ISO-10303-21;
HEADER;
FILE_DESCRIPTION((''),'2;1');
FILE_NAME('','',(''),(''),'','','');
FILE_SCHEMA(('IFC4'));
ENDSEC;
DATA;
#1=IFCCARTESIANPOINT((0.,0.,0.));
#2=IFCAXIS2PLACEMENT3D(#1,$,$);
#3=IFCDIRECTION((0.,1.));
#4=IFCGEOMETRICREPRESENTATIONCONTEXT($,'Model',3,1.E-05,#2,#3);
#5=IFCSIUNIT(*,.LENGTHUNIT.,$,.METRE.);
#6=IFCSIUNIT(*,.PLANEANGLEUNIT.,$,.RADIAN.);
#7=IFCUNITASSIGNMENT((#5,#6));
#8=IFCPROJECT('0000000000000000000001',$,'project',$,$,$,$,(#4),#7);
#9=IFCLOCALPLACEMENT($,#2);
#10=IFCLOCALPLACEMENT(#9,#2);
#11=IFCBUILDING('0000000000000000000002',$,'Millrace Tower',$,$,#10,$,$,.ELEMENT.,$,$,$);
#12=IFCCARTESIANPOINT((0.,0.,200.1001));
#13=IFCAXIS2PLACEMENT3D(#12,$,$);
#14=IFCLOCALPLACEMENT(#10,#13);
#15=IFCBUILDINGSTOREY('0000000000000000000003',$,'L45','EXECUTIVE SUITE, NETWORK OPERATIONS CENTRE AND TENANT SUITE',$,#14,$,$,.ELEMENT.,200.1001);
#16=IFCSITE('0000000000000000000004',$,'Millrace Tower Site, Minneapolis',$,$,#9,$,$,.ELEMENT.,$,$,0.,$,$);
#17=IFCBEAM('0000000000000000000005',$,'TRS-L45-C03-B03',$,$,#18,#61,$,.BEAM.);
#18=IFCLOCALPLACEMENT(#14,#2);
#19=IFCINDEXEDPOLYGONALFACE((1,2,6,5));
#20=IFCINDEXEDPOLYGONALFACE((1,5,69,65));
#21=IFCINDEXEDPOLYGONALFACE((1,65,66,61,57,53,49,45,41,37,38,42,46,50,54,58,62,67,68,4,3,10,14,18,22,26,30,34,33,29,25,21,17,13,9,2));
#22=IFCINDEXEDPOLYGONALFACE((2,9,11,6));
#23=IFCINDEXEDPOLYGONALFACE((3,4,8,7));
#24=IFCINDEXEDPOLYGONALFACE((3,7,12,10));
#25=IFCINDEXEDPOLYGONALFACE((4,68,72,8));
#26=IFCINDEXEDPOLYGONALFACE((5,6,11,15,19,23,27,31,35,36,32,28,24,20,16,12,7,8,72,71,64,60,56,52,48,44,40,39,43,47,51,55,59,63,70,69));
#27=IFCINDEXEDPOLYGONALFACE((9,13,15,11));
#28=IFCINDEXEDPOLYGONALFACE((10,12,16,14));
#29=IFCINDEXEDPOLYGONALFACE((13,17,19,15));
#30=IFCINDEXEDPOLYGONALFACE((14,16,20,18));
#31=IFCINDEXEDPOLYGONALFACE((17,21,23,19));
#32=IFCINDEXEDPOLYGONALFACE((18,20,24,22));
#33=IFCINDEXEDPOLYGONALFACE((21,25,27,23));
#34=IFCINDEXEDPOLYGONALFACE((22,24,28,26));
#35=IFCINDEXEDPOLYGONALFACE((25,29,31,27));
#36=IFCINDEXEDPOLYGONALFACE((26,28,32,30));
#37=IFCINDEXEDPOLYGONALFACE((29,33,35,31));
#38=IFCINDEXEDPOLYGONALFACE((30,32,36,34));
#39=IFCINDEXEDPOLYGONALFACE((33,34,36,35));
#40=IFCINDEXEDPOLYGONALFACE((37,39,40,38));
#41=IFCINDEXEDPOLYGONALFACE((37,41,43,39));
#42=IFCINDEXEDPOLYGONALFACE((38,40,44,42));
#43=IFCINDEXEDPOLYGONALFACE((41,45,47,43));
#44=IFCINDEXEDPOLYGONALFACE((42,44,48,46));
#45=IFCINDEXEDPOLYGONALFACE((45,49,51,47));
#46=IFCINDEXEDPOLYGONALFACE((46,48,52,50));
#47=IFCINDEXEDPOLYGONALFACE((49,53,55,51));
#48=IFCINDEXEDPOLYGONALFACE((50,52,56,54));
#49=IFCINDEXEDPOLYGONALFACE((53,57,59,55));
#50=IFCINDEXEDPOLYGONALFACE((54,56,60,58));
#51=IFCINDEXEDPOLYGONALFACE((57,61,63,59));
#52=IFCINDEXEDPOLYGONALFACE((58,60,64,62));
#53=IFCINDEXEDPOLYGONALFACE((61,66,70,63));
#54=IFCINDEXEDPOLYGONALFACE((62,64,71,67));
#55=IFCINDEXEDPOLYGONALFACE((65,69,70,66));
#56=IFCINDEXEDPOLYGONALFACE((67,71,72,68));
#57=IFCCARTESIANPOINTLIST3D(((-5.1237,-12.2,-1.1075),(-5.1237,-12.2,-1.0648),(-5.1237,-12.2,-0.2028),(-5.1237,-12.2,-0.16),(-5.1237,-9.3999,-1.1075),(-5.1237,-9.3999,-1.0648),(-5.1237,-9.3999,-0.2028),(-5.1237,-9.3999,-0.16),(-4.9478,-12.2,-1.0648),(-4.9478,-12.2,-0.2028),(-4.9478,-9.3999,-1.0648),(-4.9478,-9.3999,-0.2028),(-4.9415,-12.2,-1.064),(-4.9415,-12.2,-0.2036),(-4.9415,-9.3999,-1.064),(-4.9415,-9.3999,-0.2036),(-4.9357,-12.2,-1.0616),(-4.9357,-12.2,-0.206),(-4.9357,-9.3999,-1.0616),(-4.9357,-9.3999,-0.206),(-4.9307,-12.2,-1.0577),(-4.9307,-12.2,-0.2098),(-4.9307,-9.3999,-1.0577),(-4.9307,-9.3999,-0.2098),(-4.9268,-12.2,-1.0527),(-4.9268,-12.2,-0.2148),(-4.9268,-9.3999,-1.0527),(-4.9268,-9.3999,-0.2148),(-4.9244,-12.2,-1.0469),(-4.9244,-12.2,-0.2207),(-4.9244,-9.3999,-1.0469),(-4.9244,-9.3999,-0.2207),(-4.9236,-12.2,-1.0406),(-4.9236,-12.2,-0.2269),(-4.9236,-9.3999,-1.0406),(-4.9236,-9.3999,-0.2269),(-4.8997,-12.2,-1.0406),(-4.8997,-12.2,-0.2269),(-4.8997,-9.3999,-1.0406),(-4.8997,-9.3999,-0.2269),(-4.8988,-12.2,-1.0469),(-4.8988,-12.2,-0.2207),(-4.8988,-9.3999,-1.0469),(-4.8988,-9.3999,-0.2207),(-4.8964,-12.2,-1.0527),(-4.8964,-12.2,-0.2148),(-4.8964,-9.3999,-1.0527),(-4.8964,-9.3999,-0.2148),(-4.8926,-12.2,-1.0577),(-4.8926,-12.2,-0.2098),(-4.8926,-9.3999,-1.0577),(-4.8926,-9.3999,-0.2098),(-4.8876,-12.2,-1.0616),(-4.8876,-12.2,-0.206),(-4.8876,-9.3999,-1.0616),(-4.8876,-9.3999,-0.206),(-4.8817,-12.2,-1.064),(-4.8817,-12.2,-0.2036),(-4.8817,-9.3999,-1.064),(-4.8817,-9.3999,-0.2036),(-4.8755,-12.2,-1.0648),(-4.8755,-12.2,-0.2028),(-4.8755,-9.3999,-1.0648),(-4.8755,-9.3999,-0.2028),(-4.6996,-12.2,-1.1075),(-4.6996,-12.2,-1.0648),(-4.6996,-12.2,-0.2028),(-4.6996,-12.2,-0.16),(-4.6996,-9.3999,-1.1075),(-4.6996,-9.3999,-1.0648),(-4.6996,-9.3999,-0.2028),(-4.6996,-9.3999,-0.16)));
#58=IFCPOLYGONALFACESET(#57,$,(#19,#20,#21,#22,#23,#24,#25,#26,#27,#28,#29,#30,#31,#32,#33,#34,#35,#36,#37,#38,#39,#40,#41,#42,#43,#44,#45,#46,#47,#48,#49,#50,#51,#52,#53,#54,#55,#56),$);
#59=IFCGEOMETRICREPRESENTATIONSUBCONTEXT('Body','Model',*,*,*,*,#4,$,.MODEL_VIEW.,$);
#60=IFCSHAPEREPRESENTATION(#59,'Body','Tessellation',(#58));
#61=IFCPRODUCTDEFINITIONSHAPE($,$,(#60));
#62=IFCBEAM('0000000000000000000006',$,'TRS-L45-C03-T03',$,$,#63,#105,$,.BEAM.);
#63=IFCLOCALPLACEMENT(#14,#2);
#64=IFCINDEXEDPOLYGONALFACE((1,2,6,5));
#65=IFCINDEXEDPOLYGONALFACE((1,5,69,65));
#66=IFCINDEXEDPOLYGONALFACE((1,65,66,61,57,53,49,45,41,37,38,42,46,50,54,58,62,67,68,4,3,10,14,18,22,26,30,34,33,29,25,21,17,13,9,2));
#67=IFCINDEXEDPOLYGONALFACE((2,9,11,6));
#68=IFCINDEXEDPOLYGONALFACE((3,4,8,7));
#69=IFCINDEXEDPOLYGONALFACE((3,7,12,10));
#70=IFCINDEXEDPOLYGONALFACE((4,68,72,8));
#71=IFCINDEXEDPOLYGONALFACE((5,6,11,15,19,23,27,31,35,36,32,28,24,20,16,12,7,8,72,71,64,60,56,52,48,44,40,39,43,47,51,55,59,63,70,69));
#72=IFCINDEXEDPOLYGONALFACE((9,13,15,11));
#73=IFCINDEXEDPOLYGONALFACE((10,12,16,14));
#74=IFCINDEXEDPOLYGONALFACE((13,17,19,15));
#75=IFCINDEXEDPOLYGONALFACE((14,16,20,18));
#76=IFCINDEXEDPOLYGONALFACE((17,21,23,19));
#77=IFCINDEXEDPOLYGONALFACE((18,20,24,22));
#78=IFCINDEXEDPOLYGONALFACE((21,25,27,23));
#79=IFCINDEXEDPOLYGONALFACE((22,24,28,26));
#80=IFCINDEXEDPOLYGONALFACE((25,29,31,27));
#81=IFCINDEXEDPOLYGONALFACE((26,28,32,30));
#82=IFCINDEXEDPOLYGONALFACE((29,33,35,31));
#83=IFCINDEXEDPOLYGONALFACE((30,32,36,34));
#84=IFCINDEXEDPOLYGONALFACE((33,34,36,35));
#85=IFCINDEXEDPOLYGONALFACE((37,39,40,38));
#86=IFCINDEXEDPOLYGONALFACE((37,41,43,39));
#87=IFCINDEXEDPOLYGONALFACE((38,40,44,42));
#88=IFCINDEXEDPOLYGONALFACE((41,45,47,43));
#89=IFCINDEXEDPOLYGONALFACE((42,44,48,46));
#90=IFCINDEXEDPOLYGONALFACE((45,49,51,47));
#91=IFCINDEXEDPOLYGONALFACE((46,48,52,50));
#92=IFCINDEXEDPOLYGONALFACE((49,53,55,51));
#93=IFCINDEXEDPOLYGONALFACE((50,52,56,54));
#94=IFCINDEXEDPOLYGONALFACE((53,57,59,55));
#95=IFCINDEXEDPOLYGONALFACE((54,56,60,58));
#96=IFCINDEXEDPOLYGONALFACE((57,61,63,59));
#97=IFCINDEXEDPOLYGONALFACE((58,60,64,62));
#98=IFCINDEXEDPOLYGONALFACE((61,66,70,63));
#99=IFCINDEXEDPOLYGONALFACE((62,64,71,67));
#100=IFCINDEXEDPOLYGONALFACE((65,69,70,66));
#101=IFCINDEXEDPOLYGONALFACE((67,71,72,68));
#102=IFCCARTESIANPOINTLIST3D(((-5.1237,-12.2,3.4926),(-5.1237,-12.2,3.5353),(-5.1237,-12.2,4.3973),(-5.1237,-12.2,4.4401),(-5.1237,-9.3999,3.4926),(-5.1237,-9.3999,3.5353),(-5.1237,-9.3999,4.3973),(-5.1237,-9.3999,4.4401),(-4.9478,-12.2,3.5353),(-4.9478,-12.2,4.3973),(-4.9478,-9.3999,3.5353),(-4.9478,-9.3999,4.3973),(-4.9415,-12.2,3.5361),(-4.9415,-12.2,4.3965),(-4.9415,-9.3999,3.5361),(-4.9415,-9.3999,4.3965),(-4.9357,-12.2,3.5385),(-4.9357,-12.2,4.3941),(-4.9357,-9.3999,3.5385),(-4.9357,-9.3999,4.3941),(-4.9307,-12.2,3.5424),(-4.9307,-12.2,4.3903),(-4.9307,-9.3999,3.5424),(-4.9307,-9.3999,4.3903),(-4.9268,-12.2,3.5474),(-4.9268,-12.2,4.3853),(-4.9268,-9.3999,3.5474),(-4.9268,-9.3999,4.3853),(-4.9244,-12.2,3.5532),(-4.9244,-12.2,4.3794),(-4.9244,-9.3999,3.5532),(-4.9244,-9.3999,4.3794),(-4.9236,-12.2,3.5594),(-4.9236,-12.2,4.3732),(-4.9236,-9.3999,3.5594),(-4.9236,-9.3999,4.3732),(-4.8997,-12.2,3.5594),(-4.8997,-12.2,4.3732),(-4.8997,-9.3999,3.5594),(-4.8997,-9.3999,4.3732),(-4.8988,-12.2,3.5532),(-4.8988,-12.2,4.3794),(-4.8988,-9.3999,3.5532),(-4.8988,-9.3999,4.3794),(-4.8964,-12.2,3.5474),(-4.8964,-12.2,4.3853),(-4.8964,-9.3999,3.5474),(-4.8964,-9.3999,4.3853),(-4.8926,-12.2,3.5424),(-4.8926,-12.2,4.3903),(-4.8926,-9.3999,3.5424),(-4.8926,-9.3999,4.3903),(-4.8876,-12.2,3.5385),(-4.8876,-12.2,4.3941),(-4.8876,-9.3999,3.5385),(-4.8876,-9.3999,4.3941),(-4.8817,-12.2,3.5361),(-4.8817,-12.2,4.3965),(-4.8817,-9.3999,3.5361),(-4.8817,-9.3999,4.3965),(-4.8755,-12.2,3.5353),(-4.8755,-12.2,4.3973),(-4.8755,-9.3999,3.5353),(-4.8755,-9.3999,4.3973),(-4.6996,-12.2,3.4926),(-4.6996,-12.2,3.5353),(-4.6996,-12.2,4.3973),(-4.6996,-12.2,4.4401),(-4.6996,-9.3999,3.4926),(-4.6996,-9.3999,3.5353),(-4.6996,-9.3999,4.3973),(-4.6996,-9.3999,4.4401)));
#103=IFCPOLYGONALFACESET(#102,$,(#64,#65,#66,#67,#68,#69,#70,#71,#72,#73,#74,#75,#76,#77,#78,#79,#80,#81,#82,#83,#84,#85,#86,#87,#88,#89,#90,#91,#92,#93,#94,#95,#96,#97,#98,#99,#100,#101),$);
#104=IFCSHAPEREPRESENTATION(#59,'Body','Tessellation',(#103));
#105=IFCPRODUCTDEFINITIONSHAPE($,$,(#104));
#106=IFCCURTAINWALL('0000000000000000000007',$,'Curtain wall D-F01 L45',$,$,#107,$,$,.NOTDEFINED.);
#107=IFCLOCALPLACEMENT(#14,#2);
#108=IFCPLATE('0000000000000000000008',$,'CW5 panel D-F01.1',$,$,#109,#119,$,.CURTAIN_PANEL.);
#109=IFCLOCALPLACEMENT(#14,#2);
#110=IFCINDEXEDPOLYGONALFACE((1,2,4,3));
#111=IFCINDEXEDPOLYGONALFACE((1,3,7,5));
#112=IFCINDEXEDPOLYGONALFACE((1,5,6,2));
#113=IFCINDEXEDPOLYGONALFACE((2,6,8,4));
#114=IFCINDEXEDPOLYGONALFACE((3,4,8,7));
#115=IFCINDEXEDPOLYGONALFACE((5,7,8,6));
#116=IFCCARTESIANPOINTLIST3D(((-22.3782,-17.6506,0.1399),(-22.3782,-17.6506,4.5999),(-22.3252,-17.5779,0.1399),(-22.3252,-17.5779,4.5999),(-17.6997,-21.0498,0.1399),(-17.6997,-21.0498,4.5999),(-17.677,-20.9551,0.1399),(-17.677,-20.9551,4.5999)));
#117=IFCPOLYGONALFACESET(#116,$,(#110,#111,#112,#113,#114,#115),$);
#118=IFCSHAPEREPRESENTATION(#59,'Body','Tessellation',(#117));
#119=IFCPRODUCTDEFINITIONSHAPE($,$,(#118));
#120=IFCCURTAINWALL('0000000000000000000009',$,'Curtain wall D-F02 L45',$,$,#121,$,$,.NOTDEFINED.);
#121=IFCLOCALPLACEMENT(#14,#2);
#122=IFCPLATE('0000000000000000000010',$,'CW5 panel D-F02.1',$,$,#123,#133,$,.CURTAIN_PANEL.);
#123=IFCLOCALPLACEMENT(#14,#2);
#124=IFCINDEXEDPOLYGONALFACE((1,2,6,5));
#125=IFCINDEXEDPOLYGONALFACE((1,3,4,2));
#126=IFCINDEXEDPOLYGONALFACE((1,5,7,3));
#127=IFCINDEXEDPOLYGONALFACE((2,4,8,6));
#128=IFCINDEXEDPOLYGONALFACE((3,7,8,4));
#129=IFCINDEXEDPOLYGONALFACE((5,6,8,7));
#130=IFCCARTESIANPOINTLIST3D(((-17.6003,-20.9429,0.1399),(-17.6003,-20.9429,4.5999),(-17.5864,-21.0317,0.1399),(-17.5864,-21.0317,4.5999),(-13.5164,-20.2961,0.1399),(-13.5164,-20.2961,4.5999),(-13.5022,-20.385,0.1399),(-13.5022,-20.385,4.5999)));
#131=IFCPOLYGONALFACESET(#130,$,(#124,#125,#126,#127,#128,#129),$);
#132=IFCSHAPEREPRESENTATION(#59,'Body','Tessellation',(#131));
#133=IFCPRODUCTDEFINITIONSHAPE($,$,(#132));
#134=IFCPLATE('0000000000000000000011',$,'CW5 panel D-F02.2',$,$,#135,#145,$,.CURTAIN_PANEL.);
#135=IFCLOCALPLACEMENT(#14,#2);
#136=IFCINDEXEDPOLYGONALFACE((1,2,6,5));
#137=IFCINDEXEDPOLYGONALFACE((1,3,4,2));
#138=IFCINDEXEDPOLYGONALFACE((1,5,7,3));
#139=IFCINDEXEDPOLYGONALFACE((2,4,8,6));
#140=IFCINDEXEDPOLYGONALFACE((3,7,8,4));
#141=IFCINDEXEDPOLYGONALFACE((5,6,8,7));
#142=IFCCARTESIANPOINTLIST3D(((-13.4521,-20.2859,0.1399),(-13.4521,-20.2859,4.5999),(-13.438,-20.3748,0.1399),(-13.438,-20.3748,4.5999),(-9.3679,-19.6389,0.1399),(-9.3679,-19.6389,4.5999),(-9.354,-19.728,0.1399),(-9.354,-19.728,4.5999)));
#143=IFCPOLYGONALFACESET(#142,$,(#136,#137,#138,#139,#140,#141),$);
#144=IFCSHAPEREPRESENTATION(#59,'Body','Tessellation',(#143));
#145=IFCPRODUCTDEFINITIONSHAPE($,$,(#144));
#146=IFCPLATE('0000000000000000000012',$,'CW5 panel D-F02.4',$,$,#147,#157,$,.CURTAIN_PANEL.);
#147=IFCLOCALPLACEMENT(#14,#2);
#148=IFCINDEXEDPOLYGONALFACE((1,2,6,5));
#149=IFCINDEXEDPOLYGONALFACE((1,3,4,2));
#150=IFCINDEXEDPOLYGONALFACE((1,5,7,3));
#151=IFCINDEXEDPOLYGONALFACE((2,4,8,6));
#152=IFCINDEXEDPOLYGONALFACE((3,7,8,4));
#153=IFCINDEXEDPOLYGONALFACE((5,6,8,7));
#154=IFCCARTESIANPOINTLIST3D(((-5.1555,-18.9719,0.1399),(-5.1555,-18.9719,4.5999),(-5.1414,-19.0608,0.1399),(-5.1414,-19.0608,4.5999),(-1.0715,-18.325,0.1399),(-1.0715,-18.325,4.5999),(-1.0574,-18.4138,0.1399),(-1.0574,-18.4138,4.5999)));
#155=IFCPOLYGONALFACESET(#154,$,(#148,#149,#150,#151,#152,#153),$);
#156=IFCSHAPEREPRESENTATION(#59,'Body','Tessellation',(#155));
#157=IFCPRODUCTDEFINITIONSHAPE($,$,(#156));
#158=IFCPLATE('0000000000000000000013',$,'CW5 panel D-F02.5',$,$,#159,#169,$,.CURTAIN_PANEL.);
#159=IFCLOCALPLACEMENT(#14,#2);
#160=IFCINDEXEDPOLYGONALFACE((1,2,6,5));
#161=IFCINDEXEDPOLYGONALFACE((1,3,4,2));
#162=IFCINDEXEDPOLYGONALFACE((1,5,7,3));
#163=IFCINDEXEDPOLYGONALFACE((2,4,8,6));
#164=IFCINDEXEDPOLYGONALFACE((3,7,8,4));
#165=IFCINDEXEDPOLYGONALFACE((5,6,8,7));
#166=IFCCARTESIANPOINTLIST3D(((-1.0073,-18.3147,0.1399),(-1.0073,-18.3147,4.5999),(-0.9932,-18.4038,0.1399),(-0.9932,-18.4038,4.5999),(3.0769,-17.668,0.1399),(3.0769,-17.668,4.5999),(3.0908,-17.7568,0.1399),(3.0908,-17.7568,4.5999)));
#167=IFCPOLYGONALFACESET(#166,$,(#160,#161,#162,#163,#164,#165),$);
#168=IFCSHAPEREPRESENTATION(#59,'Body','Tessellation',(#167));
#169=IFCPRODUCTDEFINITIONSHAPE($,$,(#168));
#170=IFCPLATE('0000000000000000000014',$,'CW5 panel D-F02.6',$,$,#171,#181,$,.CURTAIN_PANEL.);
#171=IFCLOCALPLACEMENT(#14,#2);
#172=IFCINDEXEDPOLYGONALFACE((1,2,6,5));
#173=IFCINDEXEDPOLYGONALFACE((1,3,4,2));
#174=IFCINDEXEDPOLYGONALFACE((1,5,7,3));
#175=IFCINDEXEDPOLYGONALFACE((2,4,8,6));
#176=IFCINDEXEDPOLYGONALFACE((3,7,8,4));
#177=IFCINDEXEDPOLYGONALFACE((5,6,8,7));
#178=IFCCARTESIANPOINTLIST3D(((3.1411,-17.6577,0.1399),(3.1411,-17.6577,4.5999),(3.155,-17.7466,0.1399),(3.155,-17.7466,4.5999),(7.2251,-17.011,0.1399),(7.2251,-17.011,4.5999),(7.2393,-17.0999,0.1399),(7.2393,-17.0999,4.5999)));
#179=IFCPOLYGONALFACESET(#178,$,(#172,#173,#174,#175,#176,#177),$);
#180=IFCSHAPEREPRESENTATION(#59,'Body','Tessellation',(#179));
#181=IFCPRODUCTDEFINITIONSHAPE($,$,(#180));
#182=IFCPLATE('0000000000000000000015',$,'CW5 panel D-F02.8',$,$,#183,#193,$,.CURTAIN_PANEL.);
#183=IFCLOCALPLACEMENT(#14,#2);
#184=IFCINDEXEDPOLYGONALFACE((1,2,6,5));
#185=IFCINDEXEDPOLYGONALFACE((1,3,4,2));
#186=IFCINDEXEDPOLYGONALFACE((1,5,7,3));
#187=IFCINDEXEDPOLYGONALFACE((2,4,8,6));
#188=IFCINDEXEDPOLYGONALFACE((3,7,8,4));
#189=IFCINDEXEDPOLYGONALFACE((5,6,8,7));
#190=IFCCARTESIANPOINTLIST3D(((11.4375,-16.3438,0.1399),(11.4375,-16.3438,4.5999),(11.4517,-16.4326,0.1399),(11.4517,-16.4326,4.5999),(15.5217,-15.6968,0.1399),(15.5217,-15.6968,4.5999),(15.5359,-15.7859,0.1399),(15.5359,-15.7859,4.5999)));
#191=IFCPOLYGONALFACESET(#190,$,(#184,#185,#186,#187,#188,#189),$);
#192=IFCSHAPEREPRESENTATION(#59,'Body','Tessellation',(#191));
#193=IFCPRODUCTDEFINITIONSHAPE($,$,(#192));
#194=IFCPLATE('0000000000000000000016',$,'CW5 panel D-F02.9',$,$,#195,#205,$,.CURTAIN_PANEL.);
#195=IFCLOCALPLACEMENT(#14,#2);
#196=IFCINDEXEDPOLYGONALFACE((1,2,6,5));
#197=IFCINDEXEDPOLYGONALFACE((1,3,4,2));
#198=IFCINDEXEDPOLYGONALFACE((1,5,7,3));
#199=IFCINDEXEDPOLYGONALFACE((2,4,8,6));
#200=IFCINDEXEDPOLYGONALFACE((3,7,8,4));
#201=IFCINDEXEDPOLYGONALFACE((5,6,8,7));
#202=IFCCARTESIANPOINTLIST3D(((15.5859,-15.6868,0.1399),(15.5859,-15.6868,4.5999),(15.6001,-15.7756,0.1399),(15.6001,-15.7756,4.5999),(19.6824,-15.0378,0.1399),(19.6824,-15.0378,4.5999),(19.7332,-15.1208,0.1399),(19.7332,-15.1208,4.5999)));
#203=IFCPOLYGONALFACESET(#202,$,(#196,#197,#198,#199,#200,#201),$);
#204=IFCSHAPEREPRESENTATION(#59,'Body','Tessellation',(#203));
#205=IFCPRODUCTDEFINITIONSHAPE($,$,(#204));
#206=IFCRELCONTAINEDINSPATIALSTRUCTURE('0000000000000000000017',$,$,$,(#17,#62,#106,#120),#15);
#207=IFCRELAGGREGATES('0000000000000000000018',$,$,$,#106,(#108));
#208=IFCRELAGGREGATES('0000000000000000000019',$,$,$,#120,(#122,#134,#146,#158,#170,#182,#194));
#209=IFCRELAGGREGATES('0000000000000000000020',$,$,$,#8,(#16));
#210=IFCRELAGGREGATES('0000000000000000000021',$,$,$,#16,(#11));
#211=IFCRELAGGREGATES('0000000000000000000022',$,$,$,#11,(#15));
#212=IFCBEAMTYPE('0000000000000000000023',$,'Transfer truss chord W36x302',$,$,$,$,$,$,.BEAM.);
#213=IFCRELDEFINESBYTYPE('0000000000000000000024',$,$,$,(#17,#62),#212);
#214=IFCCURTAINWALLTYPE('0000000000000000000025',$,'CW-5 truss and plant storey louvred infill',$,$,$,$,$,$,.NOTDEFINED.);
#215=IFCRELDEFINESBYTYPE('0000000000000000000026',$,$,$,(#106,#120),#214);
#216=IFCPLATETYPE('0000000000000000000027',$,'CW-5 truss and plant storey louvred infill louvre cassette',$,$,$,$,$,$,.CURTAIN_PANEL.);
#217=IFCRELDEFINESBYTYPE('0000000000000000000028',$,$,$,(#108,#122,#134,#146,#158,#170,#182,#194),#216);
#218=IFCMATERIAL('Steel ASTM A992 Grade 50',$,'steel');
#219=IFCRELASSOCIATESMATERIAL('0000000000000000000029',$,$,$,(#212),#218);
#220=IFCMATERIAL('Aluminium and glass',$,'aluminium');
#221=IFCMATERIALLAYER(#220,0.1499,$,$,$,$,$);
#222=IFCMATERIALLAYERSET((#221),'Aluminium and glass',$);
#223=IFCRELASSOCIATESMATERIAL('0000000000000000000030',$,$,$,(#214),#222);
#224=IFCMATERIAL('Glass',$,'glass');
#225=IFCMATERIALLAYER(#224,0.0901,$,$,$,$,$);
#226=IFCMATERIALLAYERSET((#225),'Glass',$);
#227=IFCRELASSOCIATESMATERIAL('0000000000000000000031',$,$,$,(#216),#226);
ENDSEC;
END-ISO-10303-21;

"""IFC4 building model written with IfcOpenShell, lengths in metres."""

from ifc_helpers import new_model, si_unit, direction, frame, origin, origin_2d, place, context, subcontext, project, spatial, polyline, i_section, outline, extrude, material, layer, layer_set, material_profile, profile_set, type_object, element, aggregate, save


model = new_model("IFC4")

# Units and contexts
model_context = context("Model", 3, precision=1e-05, world=origin(), true_north=direction((0.0, 1.0)))
body_context = subcontext(model_context, "Body", "Model", "MODEL_VIEW")
ifc_project = project(units=[si_unit("LENGTHUNIT", "METRE"), si_unit("PLANEANGLEUNIT", "RADIAN")], contexts=[model_context])

# Site, building, storey
site_placement = place(None, origin())
site = spatial("IfcSite", under=ifc_project, at=site_placement, Name="Millrace Tower Site, Minneapolis", CompositionType="ELEMENT", RefElevation=0.0)
building_placement = place(site_placement, origin())
building = spatial("IfcBuilding", under=site, at=building_placement, Name="Millrace Tower", CompositionType="ELEMENT")
storey_placement = place(building_placement, frame((0.0, 0.0, 200.1001)))
storey = spatial("IfcBuildingStorey", under=building, at=storey_placement, Name="L45", Description="EXECUTIVE SUITE, NETWORK OPERATIONS CENTRE AND TENANT SUITE", CompositionType="ELEMENT", Elevation=200.1001)

# Beams
ifc_material_1 = material(Name="Steel ASTM A992 Grade 50", Category="steel")
ifc_material_profile_1 = material_profile(ifc_material_1, i_section(OverallWidth=0.4241, OverallDepth=0.9475, WebThickness=0.0239, FlangeThickness=0.0427, FilletRadius=0.0242, at=origin_2d()))
ifc_profile_set_1 = profile_set([ifc_material_profile_1], Name="Steel ASTM A992 Grade 50")
beam_type_1 = type_object("IfcBeamType", Name="Transfer truss chord W36x302", PredefinedType="BEAM", material=ifc_profile_set_1)
for number, where, z_axis, x_axis, name in (
    (1, (-4.9116, -12.2, -0.6338), (0.0, 1.0, 0.0), (-1.0, 0.0, 0.0), "TRS-L45-C03-B03"),
    (2, (-4.9116, -12.2, 3.9663), (0.0, 1.0, 0.0), (-1.0, 0.0, 0.0), "TRS-L45-C03-T03"),
):
    element("IfcBeam", number, at=place(storey_placement, frame(where, z_axis=z_axis, x_axis=x_axis)), inside=storey, type_object=beam_type_1, Name=name, PredefinedType="BEAM", context=body_context, shape_type="SweptSolid", body=[
        extrude(i_section(OverallWidth=0.4241, OverallDepth=0.9475, WebThickness=0.0239, FlangeThickness=0.0427, FilletRadius=0.0242, at=origin_2d()), origin(), (0.0, 0.0, 1.0), 2.8),
    ])

# Curtain wall, plate
ifc_material_2 = material(Name="Aluminium and glass", Category="aluminium")
ifc_layer_1 = layer(ifc_material_2, 0.1499)
ifc_layer_set_1 = layer_set([ifc_layer_1], Name="Aluminium and glass")
curtain_wall_type = type_object("IfcCurtainWallType", Name="CW-5 truss and plant storey louvred infill", PredefinedType="NOTDEFINED", material=ifc_layer_set_1)
placement_1 = place(storey_placement, origin())
curtain_wall_1 = element("IfcCurtainWall", 3, at=placement_1, inside=storey, type_object=curtain_wall_type, Name="Curtain wall D-F01 L45", PredefinedType="NOTDEFINED")
ifc_material_3 = material(Name="Glass", Category="glass")
ifc_layer_2 = layer(ifc_material_3, 0.0901)
ifc_layer_set_2 = layer_set([ifc_layer_2], Name="Glass")
plate_type = type_object("IfcPlateType", Name="CW-5 truss and plant storey louvred infill louvre cassette", PredefinedType="CURTAIN_PANEL", material=ifc_layer_set_2)
placement_2 = place(storey_placement, frame((0.0, 0.0, 0.1399)))
plate_1 = element("IfcPlate", 4, at=placement_2, type_object=plate_type, Name="CW5 panel D-F01.1", PredefinedType="CURTAIN_PANEL", context=body_context, shape_type="SweptSolid", body=[
    extrude(outline(polyline([(-22.3782, -17.6506), (-17.6997, -21.0498), (-17.677, -20.9551), (-22.3252, -17.5779), (-22.3782, -17.6506)])), origin(), (0.0, 0.0, 1.0), 4.46),
])
aggregate(curtain_wall_1, [plate_1])

# Curtain wall, plates
curtain_wall_2 = element("IfcCurtainWall", 5, at=placement_1, inside=storey, type_object=curtain_wall_type, Name="Curtain wall D-F02 L45", PredefinedType="NOTDEFINED")
plate_2 = element("IfcPlate", 6, at=placement_2, type_object=plate_type, Name="CW5 panel D-F02.1", PredefinedType="CURTAIN_PANEL", context=body_context, shape_type="SweptSolid", body=[
    extrude(outline(polyline([(-17.5864, -21.0317), (-13.5022, -20.385), (-13.5164, -20.2961), (-17.6003, -20.9429), (-17.5864, -21.0317)])), origin(), (0.0, 0.0, 1.0), 4.46),
])
plate_3 = element("IfcPlate", 7, at=placement_2, type_object=plate_type, Name="CW5 panel D-F02.2", PredefinedType="CURTAIN_PANEL", context=body_context, shape_type="SweptSolid", body=[
    extrude(outline(polyline([(-13.438, -20.3748), (-9.354, -19.728), (-9.3679, -19.6389), (-13.4521, -20.2859), (-13.438, -20.3748)])), origin(), (0.0, 0.0, 1.0), 4.46),
])
plate_4 = element("IfcPlate", 8, at=placement_2, type_object=plate_type, Name="CW5 panel D-F02.4", PredefinedType="CURTAIN_PANEL", context=body_context, shape_type="SweptSolid", body=[
    extrude(outline(polyline([(-5.1414, -19.0608), (-1.0574, -18.4138), (-1.0715, -18.325), (-5.1555, -18.9719), (-5.1414, -19.0608)])), origin(), (0.0, 0.0, 1.0), 4.46),
])
plate_5 = element("IfcPlate", 9, at=placement_2, type_object=plate_type, Name="CW5 panel D-F02.5", PredefinedType="CURTAIN_PANEL", context=body_context, shape_type="SweptSolid", body=[
    extrude(outline(polyline([(-0.9932, -18.4038), (3.0908, -17.7568), (3.0769, -17.668), (-1.0073, -18.3147), (-0.9932, -18.4038)])), origin(), (0.0, 0.0, 1.0), 4.46),
])
plate_6 = element("IfcPlate", 10, at=placement_2, type_object=plate_type, Name="CW5 panel D-F02.6", PredefinedType="CURTAIN_PANEL", context=body_context, shape_type="SweptSolid", body=[
    extrude(outline(polyline([(3.155, -17.7466), (7.2393, -17.0999), (7.2251, -17.011), (3.1411, -17.6577), (3.155, -17.7466)])), origin(), (0.0, 0.0, 1.0), 4.46),
])
plate_7 = element("IfcPlate", 11, at=placement_2, type_object=plate_type, Name="CW5 panel D-F02.8", PredefinedType="CURTAIN_PANEL", context=body_context, shape_type="SweptSolid", body=[
    extrude(outline(polyline([(11.4517, -16.4326), (15.5359, -15.7859), (15.5217, -15.6968), (11.4375, -16.3438), (11.4517, -16.4326)])), origin(), (0.0, 0.0, 1.0), 4.46),
])
plate_8 = element("IfcPlate", 12, at=placement_2, type_object=plate_type, Name="CW5 panel D-F02.9", PredefinedType="CURTAIN_PANEL", context=body_context, shape_type="SweptSolid", body=[
    extrude(outline(polyline([(15.6001, -15.7756), (19.7332, -15.1208), (19.6824, -15.0378), (15.5859, -15.6868), (15.6001, -15.7756)])), origin(), (0.0, 0.0, 1.0), 4.46),
])
aggregate(curtain_wall_2, [plate_2, plate_3, plate_4, plate_5, plate_6, plate_7, plate_8])

save(model, "model.ifc")
